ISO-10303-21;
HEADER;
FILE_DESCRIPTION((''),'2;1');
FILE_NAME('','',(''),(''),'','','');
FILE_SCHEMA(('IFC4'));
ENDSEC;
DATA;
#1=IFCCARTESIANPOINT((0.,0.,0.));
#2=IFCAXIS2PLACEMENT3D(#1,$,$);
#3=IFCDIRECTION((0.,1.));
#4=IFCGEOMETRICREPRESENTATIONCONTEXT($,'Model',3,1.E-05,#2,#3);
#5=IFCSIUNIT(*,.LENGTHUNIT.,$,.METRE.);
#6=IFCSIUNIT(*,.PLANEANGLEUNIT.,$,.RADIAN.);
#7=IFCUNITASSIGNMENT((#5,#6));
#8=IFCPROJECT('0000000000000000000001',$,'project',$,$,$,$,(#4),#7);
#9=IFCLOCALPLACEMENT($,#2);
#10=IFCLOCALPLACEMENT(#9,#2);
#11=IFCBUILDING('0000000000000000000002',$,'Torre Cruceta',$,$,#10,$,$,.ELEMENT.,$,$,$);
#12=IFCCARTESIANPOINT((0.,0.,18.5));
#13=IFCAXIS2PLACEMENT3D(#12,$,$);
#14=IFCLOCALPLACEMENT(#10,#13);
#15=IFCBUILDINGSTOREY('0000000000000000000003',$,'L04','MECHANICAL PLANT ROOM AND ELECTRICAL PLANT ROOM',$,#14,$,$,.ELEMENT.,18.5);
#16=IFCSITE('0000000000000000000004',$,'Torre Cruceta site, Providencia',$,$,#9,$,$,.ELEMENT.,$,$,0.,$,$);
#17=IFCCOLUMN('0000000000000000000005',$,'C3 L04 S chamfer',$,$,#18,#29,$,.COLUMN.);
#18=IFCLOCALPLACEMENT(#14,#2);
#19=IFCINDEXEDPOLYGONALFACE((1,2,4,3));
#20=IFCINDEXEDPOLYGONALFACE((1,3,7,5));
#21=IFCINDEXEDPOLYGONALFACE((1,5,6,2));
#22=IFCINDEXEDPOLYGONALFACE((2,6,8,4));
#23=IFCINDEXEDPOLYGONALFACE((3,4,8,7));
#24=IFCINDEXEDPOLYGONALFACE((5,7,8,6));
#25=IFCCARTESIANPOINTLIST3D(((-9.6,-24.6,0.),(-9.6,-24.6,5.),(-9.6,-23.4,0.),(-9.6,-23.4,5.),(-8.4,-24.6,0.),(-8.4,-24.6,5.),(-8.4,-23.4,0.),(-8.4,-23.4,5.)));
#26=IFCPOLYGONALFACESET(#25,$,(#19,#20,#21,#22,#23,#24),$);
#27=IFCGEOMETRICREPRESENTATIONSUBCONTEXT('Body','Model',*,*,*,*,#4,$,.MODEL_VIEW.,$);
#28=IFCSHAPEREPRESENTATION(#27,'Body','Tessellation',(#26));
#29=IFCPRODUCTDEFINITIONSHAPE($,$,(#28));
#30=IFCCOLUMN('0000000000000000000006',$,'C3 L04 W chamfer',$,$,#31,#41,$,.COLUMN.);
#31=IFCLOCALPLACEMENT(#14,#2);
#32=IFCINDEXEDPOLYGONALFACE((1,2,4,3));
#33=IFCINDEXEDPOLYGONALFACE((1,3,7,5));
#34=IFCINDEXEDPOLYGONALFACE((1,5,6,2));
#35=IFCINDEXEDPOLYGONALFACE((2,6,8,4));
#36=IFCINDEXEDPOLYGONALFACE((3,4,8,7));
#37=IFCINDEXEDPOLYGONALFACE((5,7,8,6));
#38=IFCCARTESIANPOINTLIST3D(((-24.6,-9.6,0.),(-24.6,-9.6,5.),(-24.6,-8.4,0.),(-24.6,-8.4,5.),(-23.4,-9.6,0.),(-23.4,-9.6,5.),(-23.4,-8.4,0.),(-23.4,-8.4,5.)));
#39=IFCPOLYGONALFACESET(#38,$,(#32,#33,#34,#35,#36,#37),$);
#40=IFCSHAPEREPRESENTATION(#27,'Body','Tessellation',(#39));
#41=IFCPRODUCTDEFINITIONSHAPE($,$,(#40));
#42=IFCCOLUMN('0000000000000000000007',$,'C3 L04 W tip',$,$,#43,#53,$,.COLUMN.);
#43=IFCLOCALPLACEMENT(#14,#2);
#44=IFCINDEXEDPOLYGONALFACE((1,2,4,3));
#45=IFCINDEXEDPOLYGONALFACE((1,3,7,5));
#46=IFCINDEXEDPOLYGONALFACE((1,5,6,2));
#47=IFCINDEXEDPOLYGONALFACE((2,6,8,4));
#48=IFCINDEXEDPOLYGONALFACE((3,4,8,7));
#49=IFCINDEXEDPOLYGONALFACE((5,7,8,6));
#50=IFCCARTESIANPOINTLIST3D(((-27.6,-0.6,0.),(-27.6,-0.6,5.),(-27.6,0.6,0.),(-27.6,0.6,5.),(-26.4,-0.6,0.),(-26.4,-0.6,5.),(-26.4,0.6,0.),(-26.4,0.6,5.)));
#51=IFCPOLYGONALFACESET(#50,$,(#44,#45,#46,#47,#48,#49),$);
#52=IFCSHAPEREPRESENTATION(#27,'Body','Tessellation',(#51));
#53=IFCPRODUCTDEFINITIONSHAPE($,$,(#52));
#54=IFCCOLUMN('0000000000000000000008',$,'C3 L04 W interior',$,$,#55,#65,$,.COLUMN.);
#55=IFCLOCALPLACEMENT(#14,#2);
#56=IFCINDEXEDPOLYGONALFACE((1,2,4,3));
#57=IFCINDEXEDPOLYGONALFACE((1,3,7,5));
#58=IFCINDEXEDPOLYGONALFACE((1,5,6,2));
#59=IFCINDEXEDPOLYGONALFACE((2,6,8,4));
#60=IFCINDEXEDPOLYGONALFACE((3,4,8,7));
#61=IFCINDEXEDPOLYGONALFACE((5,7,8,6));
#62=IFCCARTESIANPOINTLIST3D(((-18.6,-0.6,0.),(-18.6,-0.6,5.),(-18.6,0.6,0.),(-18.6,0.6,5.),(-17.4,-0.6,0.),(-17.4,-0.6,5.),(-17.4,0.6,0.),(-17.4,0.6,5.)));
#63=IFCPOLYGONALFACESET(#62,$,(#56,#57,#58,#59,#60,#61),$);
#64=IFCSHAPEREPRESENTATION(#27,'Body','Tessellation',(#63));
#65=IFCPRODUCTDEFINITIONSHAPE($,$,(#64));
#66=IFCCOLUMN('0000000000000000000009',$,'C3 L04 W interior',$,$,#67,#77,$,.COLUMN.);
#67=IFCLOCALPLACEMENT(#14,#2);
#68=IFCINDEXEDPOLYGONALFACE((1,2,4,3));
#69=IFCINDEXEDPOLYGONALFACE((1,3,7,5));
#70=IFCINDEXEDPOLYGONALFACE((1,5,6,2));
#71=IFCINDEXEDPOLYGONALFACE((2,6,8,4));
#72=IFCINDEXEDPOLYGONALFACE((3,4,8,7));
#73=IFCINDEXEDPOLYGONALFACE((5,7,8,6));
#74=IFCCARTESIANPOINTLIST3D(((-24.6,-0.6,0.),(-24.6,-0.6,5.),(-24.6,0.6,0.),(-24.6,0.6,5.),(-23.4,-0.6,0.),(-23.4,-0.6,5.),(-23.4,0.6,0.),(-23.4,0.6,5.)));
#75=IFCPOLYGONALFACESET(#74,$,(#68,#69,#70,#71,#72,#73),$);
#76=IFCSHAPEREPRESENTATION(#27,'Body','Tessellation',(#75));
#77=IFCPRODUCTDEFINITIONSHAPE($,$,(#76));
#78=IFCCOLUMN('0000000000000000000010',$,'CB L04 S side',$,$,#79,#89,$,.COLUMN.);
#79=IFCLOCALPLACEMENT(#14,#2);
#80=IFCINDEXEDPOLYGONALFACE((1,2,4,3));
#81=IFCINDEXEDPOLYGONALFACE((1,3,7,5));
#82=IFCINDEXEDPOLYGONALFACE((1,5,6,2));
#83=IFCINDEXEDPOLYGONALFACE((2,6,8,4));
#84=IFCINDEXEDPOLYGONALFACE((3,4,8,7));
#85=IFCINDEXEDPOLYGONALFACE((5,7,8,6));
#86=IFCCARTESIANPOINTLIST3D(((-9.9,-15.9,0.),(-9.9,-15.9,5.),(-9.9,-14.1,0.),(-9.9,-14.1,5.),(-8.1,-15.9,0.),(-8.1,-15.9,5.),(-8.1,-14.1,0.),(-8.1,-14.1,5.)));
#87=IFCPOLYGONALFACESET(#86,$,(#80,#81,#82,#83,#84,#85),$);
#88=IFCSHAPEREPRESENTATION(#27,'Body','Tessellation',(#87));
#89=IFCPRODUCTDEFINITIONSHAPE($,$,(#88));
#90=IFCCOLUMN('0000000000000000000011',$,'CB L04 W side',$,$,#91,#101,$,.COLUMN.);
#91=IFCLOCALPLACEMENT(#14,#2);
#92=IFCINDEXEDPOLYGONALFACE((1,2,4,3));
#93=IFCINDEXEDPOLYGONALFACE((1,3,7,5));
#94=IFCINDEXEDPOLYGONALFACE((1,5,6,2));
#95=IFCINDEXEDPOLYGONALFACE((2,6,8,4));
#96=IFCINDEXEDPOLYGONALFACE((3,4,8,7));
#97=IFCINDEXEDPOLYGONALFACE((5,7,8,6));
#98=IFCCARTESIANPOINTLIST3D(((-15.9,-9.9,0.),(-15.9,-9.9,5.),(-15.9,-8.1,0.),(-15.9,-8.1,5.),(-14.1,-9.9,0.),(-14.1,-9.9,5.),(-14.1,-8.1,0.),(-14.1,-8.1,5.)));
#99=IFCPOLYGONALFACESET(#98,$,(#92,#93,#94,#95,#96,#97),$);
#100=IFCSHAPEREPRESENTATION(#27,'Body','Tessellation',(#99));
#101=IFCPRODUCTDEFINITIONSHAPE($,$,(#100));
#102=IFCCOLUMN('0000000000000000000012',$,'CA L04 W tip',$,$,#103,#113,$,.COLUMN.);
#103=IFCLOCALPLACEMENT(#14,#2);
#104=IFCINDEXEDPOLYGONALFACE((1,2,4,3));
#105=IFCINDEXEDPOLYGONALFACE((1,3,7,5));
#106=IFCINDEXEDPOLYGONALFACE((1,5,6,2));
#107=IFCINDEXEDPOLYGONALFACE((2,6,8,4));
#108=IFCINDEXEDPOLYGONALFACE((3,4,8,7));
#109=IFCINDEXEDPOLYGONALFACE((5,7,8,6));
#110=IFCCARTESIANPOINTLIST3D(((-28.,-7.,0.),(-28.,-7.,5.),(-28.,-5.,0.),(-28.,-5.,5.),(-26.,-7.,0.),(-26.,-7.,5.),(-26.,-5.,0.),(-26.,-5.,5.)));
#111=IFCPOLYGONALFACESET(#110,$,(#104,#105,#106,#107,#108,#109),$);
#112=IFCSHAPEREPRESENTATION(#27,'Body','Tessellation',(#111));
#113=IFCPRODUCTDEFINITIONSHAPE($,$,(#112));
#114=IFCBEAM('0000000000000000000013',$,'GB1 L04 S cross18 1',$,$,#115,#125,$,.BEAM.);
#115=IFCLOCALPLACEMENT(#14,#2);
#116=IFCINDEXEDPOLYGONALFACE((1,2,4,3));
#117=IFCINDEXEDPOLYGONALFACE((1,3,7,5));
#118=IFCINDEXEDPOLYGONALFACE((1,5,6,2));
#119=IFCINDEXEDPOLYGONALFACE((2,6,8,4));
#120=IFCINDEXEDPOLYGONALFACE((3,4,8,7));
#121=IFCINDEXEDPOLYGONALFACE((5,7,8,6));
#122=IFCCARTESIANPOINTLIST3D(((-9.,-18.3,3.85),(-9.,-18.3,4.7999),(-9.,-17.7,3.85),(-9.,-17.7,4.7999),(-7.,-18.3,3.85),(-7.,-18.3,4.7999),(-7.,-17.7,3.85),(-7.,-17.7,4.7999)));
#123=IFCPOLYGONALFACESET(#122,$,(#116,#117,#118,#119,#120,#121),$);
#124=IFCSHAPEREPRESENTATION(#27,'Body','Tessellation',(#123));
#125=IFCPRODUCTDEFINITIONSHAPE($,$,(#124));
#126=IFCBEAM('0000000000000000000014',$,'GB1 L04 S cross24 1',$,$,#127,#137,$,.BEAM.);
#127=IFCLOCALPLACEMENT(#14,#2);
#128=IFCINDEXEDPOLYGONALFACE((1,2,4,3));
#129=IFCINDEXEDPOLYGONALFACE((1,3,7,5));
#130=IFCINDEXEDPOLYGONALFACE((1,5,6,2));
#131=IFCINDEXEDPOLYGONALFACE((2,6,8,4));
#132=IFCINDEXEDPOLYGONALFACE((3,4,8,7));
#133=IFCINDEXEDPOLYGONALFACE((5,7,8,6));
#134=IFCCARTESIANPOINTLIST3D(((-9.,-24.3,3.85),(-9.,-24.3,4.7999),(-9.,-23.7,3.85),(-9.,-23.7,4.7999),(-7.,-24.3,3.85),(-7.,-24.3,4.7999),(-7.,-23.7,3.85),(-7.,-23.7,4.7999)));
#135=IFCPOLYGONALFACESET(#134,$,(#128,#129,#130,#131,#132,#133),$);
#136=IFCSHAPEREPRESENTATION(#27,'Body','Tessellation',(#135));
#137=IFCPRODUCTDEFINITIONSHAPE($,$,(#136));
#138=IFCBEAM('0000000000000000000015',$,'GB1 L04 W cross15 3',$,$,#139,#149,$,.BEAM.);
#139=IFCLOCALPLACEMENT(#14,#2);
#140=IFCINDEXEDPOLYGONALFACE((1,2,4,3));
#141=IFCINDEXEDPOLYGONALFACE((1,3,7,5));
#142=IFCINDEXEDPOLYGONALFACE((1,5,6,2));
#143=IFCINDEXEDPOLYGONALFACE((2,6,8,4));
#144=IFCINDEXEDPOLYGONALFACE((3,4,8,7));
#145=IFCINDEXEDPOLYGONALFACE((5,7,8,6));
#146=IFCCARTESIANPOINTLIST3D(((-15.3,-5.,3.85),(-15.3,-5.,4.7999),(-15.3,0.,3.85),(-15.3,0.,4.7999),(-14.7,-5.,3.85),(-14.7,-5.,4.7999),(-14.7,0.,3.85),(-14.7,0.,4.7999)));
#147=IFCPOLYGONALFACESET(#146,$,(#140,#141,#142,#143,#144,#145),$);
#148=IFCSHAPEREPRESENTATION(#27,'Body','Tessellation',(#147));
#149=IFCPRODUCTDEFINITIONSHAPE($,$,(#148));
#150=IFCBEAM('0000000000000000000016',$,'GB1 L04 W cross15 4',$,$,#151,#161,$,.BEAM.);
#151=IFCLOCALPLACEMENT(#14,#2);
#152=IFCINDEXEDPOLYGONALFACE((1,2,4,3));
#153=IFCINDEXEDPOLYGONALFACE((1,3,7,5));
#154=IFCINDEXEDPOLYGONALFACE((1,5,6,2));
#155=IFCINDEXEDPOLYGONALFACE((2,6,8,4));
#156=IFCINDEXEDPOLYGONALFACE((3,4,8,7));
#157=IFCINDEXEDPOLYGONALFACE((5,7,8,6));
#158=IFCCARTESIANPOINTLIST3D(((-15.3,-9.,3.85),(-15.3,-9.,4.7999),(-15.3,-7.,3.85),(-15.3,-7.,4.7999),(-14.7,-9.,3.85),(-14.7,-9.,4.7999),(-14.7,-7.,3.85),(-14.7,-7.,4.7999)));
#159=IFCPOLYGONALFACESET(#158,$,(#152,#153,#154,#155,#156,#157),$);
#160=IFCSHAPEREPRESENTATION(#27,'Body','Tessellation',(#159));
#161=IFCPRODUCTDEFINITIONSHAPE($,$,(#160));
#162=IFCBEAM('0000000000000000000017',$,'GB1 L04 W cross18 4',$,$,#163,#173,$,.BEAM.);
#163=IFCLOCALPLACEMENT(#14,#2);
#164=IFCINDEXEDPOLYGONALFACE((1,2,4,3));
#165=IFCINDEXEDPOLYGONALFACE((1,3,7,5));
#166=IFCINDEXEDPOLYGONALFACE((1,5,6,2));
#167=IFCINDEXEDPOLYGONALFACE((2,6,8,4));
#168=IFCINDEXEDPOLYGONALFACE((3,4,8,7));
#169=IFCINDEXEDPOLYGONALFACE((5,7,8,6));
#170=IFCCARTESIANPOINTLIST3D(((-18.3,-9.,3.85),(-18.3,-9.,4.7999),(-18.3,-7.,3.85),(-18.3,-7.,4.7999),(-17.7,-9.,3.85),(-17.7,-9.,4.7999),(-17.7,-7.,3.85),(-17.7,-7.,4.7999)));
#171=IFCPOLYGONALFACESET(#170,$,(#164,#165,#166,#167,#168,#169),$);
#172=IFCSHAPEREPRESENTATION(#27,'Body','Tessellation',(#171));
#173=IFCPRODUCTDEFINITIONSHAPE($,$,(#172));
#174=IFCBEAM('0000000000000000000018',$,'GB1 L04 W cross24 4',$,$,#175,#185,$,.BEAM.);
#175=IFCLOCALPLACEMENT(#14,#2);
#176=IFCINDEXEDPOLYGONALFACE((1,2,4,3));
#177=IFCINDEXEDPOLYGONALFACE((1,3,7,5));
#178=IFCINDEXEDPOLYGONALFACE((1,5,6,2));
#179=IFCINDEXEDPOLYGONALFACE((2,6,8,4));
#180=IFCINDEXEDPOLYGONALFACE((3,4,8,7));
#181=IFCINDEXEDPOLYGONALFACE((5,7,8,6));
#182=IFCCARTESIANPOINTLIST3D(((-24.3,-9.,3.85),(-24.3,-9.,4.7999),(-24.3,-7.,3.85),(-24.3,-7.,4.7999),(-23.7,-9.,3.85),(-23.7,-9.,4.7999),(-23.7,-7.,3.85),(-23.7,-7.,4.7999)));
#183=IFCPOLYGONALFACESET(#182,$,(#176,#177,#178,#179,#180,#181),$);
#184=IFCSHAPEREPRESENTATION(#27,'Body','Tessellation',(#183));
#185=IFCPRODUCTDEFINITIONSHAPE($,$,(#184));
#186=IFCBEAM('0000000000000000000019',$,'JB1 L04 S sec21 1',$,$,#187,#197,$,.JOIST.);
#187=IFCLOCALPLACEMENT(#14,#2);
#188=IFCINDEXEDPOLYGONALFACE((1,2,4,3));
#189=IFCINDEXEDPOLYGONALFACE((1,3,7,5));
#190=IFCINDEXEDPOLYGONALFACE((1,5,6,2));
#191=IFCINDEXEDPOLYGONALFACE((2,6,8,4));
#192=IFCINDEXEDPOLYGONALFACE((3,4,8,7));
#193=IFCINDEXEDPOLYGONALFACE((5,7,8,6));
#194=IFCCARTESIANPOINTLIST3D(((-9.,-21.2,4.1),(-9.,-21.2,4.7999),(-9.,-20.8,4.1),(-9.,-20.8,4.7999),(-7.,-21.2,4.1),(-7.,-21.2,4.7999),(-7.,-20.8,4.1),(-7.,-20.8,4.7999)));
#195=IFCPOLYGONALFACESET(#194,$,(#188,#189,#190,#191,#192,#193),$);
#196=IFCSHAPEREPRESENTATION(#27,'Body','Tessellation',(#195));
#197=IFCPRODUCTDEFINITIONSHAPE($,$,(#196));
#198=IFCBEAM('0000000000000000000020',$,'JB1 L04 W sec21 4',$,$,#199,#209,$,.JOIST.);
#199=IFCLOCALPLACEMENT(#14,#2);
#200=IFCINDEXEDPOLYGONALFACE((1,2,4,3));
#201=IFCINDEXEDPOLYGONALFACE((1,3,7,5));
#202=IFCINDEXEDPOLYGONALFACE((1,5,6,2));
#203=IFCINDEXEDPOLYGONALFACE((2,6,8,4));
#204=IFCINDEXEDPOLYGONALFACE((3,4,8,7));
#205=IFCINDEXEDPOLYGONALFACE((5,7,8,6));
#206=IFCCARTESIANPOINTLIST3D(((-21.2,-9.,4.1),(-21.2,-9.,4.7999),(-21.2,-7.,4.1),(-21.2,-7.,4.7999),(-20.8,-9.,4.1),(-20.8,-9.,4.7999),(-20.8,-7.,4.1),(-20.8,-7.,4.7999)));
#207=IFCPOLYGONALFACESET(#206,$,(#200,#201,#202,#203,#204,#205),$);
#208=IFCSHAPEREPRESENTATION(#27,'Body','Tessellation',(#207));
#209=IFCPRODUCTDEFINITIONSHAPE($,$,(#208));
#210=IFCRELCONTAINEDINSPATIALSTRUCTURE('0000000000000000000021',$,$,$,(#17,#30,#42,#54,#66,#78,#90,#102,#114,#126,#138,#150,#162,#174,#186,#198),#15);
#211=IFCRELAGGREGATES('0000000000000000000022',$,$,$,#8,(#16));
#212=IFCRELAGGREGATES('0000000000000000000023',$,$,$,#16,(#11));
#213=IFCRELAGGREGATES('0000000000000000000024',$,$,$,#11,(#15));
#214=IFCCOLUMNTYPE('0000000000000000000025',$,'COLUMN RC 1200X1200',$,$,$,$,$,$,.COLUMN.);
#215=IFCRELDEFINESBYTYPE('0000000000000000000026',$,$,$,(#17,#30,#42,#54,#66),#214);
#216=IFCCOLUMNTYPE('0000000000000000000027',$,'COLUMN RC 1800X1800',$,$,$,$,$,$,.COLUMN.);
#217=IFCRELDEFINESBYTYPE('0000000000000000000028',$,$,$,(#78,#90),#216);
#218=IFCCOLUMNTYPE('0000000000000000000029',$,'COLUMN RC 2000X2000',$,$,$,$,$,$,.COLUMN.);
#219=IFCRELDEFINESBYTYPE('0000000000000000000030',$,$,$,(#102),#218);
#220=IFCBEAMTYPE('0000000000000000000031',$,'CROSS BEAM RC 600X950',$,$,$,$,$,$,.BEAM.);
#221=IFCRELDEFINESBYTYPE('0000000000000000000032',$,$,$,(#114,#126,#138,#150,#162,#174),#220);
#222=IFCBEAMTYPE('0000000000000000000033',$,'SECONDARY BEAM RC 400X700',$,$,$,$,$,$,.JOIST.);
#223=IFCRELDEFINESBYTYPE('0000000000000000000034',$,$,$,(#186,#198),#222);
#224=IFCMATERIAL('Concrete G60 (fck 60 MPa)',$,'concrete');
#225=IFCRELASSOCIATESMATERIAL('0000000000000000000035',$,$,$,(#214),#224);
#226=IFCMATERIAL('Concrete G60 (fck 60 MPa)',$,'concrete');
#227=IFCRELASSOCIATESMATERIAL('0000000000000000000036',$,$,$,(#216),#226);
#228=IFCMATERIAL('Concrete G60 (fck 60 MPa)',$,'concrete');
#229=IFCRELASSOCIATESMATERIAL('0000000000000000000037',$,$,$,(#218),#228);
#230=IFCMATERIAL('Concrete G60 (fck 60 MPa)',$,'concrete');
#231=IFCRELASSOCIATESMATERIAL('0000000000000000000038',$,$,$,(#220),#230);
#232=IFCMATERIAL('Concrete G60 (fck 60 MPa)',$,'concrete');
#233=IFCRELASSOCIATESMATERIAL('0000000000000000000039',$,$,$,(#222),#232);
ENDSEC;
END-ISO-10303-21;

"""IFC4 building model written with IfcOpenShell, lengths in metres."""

from ifc_helpers import new_model, si_unit, direction, frame, origin, origin_2d, place, context, subcontext, project, spatial, rectangle, extrude, material, material_profile, profile_set, type_object, element, save


model = new_model("IFC4")

# Units and contexts
model_context = context("Model", 3, precision=1e-05, world=origin(), true_north=direction((0.0, 1.0)))
body_context = subcontext(model_context, "Body", "Model", "MODEL_VIEW")
ifc_project = project(units=[si_unit("LENGTHUNIT", "METRE"), si_unit("PLANEANGLEUNIT", "RADIAN")], contexts=[model_context])

# Site, building, storey
site_placement = place(None, origin())
site = spatial("IfcSite", under=ifc_project, at=site_placement, Name="Torre Cruceta site, Providencia", CompositionType="ELEMENT", RefElevation=0.0)
building_placement = place(site_placement, origin())
building = spatial("IfcBuilding", under=site, at=building_placement, Name="Torre Cruceta", CompositionType="ELEMENT")
storey_placement = place(building_placement, frame((0.0, 0.0, 18.5)))
storey = spatial("IfcBuildingStorey", under=building, at=storey_placement, Name="L04", Description="MECHANICAL PLANT ROOM AND ELECTRICAL PLANT ROOM", CompositionType="ELEMENT", Elevation=18.5)

# Columns
ifc_material_1 = material(Name="Concrete G60 (fck 60 MPa)", Category="concrete")
ifc_material_profile_1 = material_profile(ifc_material_1, rectangle(XDim=1.2, YDim=1.2, at=origin_2d()), Name="RC 1200X1200")
ifc_profile_set_1 = profile_set([ifc_material_profile_1], Name="Concrete G60 (fck 60 MPa)")
column_type_1 = type_object("IfcColumnType", Name="COLUMN RC 1200X1200", PredefinedType="COLUMN", material=ifc_profile_set_1)
for number, where, z_axis, x_axis, name in (
    (1, (-9.0, -24.0, 0.0), (0.0, 0.0, 1.0), (1.0, 0.0, 0.0), "C3 L04 S chamfer"),
    (2, (-24.0, -9.0, 0.0), (0.0, 0.0, 1.0), (1.0, 0.0, 0.0), "C3 L04 W chamfer"),
    (3, (-27.0, 0.0, 0.0), (0.0, 0.0, 1.0), (1.0, 0.0, 0.0), "C3 L04 W tip"),
    (4, (-18.0, 0.0, 0.0), (0.0, 0.0, 1.0), (1.0, 0.0, 0.0), "C3 L04 W interior"),
    (5, (-24.0, 0.0, 0.0), (0.0, 0.0, 1.0), (1.0, 0.0, 0.0), "C3 L04 W interior"),
):
    element("IfcColumn", number, at=place(storey_placement, frame(where, z_axis=z_axis, x_axis=x_axis)), inside=storey, type_object=column_type_1, Name=name, PredefinedType="COLUMN", context=body_context, shape_type="SweptSolid", body=[
        extrude(rectangle(XDim=1.2, YDim=1.2, at=origin_2d()), origin(), (0.0, 0.0, 1.0), 5.0),
    ])
ifc_material_2 = material(Name="Concrete G60 (fck 60 MPa)", Category="concrete")
ifc_material_profile_2 = material_profile(ifc_material_2, rectangle(XDim=1.8, YDim=1.8, at=origin_2d()), Name="RC 1800X1800")
ifc_profile_set_2 = profile_set([ifc_material_profile_2], Name="Concrete G60 (fck 60 MPa)")
column_type_2 = type_object("IfcColumnType", Name="COLUMN RC 1800X1800", PredefinedType="COLUMN", material=ifc_profile_set_2)
for number, where, z_axis, x_axis, name in (
    (6, (-9.0, -15.0, 0.0), (0.0, 0.0, 1.0), (1.0, 0.0, 0.0), "CB L04 S side"),
    (7, (-15.0, -9.0, 0.0), (0.0, 0.0, 1.0), (1.0, 0.0, 0.0), "CB L04 W side"),
):
    element("IfcColumn", number, at=place(storey_placement, frame(where, z_axis=z_axis, x_axis=x_axis)), inside=storey, type_object=column_type_2, Name=name, PredefinedType="COLUMN", context=body_context, shape_type="SweptSolid", body=[
        extrude(rectangle(XDim=1.8, YDim=1.8, at=origin_2d()), origin(), (0.0, 0.0, 1.0), 5.0),
    ])
ifc_material_3 = material(Name="Concrete G60 (fck 60 MPa)", Category="concrete")
ifc_material_profile_3 = material_profile(ifc_material_3, rectangle(XDim=2.0, YDim=2.0, at=origin_2d()), Name="RC 2000X2000")
ifc_profile_set_3 = profile_set([ifc_material_profile_3], Name="Concrete G60 (fck 60 MPa)")
column_type_3 = type_object("IfcColumnType", Name="COLUMN RC 2000X2000", PredefinedType="COLUMN", material=ifc_profile_set_3)
column_placement = place(storey_placement, frame((-27.0, -6.0, 0.0), z_axis=(0.0, 0.0, 1.0), x_axis=(1.0, 0.0, 0.0)))
element("IfcColumn", 8, at=column_placement, inside=storey, type_object=column_type_3, Name="CA L04 W tip", PredefinedType="COLUMN", context=body_context, shape_type="SweptSolid", body=[
    extrude(rectangle(XDim=2.0, YDim=2.0, at=origin_2d()), origin(), (0.0, 0.0, 1.0), 5.0),
])

# Beams
ifc_material_4 = material(Name="Concrete G60 (fck 60 MPa)", Category="concrete")
ifc_material_profile_4 = material_profile(ifc_material_4, rectangle(XDim=0.6001, YDim=0.95, at=origin_2d()), Name="RC 600X950")
ifc_profile_set_4 = profile_set([ifc_material_profile_4], Name="Concrete G60 (fck 60 MPa)")
beam_type_1 = type_object("IfcBeamType", Name="CROSS BEAM RC 600X950", PredefinedType="BEAM", material=ifc_profile_set_4)
for number, where, z_axis, x_axis, name in (
    (9, (-9.0, -18.0, 4.325), (1.0, 0.0, 0.0), (0.0, 1.0, 0.0), "GB1 L04 S cross18 1"),
    (10, (-9.0, -24.0, 4.325), (1.0, 0.0, 0.0), (0.0, 1.0, 0.0), "GB1 L04 S cross24 1"),
):
    element("IfcBeam", number, at=place(storey_placement, frame(where, z_axis=z_axis, x_axis=x_axis)), inside=storey, type_object=beam_type_1, Name=name, PredefinedType="BEAM", context=body_context, shape_type="SweptSolid", body=[
        extrude(rectangle(XDim=0.6001, YDim=0.95, at=origin_2d()), origin(), (0.0, 0.0, 1.0), 2.0),
    ])
beam_1_placement = place(storey_placement, frame((-15.0, 0.0, 4.325), z_axis=(0.0, -1.0, 0.0), x_axis=(1.0, 0.0, 0.0)))
element("IfcBeam", 11, at=beam_1_placement, inside=storey, type_object=beam_type_1, Name="GB1 L04 W cross15 3", PredefinedType="BEAM", context=body_context, shape_type="SweptSolid", body=[
    extrude(rectangle(XDim=0.6001, YDim=0.95, at=origin_2d()), origin(), (0.0, 0.0, 1.0), 5.0),
])
for number, where, z_axis, x_axis, name in (
    (12, (-15.0, -7.0, 4.325), (0.0, -1.0, 0.0), (1.0, 0.0, 0.0), "GB1 L04 W cross15 4"),
    (13, (-18.0, -7.0, 4.325), (0.0, -1.0, 0.0), (1.0, 0.0, 0.0), "GB1 L04 W cross18 4"),
    (14, (-24.0, -7.0, 4.325), (0.0, -1.0, 0.0), (1.0, 0.0, 0.0), "GB1 L04 W cross24 4"),
):
    element("IfcBeam", number, at=place(storey_placement, frame(where, z_axis=z_axis, x_axis=x_axis)), inside=storey, type_object=beam_type_1, Name=name, PredefinedType="BEAM", context=body_context, shape_type="SweptSolid", body=[
        extrude(rectangle(XDim=0.6001, YDim=0.95, at=origin_2d()), origin(), (0.0, 0.0, 1.0), 2.0),
    ])
ifc_material_5 = material(Name="Concrete G60 (fck 60 MPa)", Category="concrete")
ifc_material_profile_5 = material_profile(ifc_material_5, rectangle(XDim=0.3999, YDim=0.7, at=origin_2d()), Name="RC 400X700")
ifc_profile_set_5 = profile_set([ifc_material_profile_5], Name="Concrete G60 (fck 60 MPa)")
beam_type_2 = type_object("IfcBeamType", Name="SECONDARY BEAM RC 400X700", PredefinedType="JOIST", material=ifc_profile_set_5)
for number, where, z_axis, x_axis, name in (
    (15, (-9.0, -21.0, 4.45), (1.0, 0.0, 0.0), (0.0, 1.0, 0.0), "JB1 L04 S sec21 1"),
    (16, (-21.0, -7.0, 4.45), (0.0, -1.0, 0.0), (1.0, 0.0, 0.0), "JB1 L04 W sec21 4"),
):
    element("IfcBeam", number, at=place(storey_placement, frame(where, z_axis=z_axis, x_axis=x_axis)), inside=storey, type_object=beam_type_2, Name=name, PredefinedType="JOIST", context=body_context, shape_type="SweptSolid", body=[
        extrude(rectangle(XDim=0.3999, YDim=0.7, at=origin_2d()), origin(), (0.0, 0.0, 1.0), 2.0),
    ])

save(model, "model.ifc")
